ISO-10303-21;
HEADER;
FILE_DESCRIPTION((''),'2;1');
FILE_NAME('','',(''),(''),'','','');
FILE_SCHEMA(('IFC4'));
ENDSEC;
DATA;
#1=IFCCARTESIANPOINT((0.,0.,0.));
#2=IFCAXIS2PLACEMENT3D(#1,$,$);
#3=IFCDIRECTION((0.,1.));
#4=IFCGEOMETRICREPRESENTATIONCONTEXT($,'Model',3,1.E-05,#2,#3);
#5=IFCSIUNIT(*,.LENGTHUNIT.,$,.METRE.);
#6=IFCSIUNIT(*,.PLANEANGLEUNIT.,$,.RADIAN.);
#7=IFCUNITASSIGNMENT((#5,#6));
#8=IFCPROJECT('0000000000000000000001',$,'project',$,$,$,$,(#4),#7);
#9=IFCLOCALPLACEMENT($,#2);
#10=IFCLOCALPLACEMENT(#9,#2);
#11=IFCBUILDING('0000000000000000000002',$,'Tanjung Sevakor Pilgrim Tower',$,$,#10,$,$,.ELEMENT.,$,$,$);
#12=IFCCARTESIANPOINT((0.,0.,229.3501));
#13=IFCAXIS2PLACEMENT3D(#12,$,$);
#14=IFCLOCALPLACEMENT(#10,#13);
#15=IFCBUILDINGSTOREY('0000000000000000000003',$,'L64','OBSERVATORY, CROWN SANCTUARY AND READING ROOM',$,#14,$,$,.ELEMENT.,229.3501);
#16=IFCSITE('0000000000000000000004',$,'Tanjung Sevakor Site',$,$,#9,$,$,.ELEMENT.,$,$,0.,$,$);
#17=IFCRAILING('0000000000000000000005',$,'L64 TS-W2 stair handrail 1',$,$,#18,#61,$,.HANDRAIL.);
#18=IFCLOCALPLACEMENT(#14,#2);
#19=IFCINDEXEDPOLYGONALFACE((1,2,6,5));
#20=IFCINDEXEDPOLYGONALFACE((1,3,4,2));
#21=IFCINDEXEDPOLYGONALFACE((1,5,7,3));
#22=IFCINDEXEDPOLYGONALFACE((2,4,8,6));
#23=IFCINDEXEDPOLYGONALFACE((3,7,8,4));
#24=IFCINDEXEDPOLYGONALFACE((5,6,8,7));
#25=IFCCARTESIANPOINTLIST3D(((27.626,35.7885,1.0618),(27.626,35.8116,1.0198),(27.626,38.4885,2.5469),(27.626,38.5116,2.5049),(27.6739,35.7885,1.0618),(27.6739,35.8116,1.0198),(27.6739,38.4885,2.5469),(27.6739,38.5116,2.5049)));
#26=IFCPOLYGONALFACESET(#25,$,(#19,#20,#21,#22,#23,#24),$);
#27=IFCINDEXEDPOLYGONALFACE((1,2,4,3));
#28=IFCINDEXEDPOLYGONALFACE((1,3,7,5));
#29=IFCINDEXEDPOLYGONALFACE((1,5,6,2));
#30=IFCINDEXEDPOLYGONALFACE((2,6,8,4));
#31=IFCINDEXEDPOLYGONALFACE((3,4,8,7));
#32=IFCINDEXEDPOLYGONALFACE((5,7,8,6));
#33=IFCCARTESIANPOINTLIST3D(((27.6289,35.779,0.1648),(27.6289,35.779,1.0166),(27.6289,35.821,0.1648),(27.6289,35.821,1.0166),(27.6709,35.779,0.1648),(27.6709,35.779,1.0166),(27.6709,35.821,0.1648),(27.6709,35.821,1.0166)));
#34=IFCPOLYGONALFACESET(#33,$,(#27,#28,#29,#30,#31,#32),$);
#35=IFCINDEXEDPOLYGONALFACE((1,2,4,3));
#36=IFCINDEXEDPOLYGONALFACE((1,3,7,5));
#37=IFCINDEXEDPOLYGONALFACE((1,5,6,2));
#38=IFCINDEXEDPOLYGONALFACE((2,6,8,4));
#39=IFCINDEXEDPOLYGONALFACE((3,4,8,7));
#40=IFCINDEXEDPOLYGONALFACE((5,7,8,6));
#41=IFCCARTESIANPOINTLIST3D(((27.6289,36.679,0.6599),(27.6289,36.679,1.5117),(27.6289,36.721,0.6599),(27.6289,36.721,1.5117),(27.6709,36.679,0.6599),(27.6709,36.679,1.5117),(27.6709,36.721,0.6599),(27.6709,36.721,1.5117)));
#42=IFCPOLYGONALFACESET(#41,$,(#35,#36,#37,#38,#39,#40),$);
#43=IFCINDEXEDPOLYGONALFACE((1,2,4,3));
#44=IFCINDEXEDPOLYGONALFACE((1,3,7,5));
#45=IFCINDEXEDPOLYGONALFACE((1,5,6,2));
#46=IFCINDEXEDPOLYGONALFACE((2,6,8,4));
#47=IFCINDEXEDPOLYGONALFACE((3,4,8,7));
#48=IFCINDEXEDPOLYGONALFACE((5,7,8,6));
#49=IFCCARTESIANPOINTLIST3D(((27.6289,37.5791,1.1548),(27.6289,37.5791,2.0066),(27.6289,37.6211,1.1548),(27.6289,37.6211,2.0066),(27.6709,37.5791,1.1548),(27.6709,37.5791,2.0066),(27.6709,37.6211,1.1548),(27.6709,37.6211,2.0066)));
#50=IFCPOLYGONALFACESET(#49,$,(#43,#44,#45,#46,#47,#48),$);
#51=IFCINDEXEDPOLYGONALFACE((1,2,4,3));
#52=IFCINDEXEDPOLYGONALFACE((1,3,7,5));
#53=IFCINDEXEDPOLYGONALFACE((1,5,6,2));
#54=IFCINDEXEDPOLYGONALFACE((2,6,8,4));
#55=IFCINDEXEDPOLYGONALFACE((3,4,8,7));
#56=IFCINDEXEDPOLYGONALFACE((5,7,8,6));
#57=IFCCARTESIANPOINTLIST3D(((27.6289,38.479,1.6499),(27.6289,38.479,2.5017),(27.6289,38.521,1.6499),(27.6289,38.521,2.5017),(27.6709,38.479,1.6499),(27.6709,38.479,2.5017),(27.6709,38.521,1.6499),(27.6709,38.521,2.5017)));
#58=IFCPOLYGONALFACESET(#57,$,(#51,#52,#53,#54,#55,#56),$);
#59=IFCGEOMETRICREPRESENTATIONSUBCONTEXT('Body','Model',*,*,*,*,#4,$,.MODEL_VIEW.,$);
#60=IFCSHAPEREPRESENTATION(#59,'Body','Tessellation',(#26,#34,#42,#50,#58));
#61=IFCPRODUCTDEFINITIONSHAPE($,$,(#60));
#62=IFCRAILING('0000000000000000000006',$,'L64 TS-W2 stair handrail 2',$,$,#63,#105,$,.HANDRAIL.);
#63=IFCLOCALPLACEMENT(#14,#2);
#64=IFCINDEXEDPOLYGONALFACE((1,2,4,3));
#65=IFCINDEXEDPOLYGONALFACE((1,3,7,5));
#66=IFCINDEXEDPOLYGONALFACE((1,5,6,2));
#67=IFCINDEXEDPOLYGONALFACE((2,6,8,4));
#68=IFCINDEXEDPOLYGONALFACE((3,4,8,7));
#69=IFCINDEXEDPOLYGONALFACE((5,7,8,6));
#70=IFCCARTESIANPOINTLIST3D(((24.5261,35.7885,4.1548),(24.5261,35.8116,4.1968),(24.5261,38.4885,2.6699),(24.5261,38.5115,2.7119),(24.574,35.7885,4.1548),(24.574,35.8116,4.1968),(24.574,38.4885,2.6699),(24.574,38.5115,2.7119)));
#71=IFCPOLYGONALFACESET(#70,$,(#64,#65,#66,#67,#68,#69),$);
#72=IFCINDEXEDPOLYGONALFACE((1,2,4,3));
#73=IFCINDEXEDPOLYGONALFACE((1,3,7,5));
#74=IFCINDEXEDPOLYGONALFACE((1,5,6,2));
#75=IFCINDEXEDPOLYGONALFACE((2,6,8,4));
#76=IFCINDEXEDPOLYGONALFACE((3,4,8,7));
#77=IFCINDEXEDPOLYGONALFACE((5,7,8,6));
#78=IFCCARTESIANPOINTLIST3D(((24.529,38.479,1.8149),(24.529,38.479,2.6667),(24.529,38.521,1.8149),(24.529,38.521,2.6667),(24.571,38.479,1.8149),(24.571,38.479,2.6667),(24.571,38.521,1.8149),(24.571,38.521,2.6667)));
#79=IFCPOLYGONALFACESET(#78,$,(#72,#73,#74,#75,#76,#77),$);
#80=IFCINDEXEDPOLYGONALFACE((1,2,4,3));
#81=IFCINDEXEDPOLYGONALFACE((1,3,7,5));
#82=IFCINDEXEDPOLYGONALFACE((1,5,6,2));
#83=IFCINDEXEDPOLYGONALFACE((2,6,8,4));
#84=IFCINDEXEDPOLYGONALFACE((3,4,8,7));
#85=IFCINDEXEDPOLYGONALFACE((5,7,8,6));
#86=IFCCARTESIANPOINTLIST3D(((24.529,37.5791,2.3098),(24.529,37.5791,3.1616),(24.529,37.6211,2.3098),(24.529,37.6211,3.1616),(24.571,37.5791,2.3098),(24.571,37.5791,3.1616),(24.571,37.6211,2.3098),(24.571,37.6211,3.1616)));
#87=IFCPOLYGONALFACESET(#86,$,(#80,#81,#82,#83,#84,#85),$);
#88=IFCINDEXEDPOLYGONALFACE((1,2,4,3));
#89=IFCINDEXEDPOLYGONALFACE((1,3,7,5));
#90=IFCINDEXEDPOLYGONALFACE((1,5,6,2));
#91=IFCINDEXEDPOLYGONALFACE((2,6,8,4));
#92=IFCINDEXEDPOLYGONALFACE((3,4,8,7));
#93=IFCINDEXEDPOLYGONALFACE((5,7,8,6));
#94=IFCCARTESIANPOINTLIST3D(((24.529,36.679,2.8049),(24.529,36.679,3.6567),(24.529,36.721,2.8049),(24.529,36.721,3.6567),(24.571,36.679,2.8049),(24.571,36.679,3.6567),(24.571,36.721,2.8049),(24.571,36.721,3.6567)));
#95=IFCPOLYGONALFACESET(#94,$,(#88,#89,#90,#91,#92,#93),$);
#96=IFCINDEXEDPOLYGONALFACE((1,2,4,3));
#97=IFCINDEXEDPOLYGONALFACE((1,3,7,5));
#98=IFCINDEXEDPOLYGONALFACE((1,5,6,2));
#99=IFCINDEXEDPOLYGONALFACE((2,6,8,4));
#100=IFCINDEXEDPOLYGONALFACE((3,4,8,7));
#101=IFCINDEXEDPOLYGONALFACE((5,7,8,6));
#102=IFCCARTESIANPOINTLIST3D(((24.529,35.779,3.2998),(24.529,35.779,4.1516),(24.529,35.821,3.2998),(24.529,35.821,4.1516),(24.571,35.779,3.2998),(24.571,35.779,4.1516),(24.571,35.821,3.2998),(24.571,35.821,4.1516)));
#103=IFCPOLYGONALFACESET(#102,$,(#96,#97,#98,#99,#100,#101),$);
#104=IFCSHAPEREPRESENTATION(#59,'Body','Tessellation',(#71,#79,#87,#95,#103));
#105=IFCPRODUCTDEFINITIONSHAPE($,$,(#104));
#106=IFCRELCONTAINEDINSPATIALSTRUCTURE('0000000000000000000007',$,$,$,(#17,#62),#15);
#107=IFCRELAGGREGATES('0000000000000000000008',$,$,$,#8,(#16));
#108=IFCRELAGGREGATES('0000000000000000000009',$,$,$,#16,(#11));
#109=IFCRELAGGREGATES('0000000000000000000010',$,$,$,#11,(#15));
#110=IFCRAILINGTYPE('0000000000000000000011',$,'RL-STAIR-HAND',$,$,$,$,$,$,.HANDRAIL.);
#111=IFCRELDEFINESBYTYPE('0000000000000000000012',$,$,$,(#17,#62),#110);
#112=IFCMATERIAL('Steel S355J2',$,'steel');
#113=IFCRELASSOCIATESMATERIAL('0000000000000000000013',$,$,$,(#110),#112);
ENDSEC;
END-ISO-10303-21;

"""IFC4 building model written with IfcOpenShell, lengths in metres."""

from ifc_helpers import new_model, si_unit, direction, frame, origin, place, context, subcontext, project, spatial, rectangle, extrude, material, type_object, element, save


model = new_model("IFC4")

# Units and contexts
model_context = context("Model", 3, precision=1e-05, world=origin(), true_north=direction((0.0, 1.0)))
body_context = subcontext(model_context, "Body", "Model", "MODEL_VIEW")
ifc_project = project(units=[si_unit("LENGTHUNIT", "METRE"), si_unit("PLANEANGLEUNIT", "RADIAN")], contexts=[model_context])

# Site, building, storey
site_placement = place(None, origin())
site = spatial("IfcSite", under=ifc_project, at=site_placement, Name="Tanjung Sevakor Site", CompositionType="ELEMENT", RefElevation=0.0)
building_placement = place(site_placement, origin())
building = spatial("IfcBuilding", under=site, at=building_placement, Name="Tanjung Sevakor Pilgrim Tower", CompositionType="ELEMENT")
storey_placement = place(building_placement, frame((0.0, 0.0, 229.3501)))
storey = spatial("IfcBuildingStorey", under=building, at=storey_placement, Name="L64", Description="OBSERVATORY, CROWN SANCTUARY AND READING ROOM", CompositionType="ELEMENT", Elevation=229.3501)

# Railings
ifc_material_1 = material(Name="Steel S355J2", Category="steel")
railing_type_1 = type_object("IfcRailingType", Name="RL-STAIR-HAND", PredefinedType="HANDRAIL", material=ifc_material_1)
railing_1_placement = place(storey_placement, frame((27.6499, 35.8, 0.1648)))
element("IfcRailing", 1, at=railing_1_placement, inside=storey, type_object=railing_type_1, Name="L64 TS-W2 stair handrail 1", PredefinedType="HANDRAIL", context=body_context, shape_type="SweptSolid", body=[
    extrude(rectangle(XDim=0.0479, YDim=0.0479), frame((0.0, 0.0, 0.876), z_axis=(0.0, 0.876198, 0.481952), x_axis=(-1.0, 0.0, 0.0)), (0.0, 0.0, 1.0), 3.0815),
    extrude(rectangle(XDim=0.042, YDim=0.042), origin(), (0.0, 0.0, 1.0), 0.8518),
    extrude(rectangle(XDim=0.042, YDim=0.042), frame((0.0, 0.8999, 0.4951)), (0.0, 0.0, 1.0), 0.8518),
    extrude(rectangle(XDim=0.042, YDim=0.042), frame((0.0, 1.8, 0.99)), (0.0, 0.0, 1.0), 0.8518),
    extrude(rectangle(XDim=0.042, YDim=0.042), frame((0.0, 2.7, 1.4851)), (0.0, 0.0, 1.0), 0.8518),
])
railing_2_placement = place(storey_placement, frame((24.55, 38.5, 1.8149)))
element("IfcRailing", 2, at=railing_2_placement, inside=storey, type_object=railing_type_1, Name="L64 TS-W2 stair handrail 2", PredefinedType="HANDRAIL", context=body_context, shape_type="SweptSolid", body=[
    extrude(rectangle(XDim=0.0479, YDim=0.0479), frame((0.0, 0.0, 0.876), z_axis=(0.0, -0.876231, 0.481891), x_axis=(1.0, 0.0, 0.0)), (0.0, 0.0, 1.0), 3.0813),
    extrude(rectangle(XDim=0.042, YDim=0.042), origin(), (0.0, 0.0, 1.0), 0.8518),
    extrude(rectangle(XDim=0.042, YDim=0.042), frame((0.0, -0.8999, 0.4949)), (0.0, 0.0, 1.0), 0.8518),
    extrude(rectangle(XDim=0.042, YDim=0.042), frame((0.0, -1.8, 0.99)), (0.0, 0.0, 1.0), 0.8518),
    extrude(rectangle(XDim=0.042, YDim=0.042), frame((0.0, -2.7, 1.4849)), (0.0, 0.0, 1.0), 0.8518),
])

save(model, "model.ifc")
